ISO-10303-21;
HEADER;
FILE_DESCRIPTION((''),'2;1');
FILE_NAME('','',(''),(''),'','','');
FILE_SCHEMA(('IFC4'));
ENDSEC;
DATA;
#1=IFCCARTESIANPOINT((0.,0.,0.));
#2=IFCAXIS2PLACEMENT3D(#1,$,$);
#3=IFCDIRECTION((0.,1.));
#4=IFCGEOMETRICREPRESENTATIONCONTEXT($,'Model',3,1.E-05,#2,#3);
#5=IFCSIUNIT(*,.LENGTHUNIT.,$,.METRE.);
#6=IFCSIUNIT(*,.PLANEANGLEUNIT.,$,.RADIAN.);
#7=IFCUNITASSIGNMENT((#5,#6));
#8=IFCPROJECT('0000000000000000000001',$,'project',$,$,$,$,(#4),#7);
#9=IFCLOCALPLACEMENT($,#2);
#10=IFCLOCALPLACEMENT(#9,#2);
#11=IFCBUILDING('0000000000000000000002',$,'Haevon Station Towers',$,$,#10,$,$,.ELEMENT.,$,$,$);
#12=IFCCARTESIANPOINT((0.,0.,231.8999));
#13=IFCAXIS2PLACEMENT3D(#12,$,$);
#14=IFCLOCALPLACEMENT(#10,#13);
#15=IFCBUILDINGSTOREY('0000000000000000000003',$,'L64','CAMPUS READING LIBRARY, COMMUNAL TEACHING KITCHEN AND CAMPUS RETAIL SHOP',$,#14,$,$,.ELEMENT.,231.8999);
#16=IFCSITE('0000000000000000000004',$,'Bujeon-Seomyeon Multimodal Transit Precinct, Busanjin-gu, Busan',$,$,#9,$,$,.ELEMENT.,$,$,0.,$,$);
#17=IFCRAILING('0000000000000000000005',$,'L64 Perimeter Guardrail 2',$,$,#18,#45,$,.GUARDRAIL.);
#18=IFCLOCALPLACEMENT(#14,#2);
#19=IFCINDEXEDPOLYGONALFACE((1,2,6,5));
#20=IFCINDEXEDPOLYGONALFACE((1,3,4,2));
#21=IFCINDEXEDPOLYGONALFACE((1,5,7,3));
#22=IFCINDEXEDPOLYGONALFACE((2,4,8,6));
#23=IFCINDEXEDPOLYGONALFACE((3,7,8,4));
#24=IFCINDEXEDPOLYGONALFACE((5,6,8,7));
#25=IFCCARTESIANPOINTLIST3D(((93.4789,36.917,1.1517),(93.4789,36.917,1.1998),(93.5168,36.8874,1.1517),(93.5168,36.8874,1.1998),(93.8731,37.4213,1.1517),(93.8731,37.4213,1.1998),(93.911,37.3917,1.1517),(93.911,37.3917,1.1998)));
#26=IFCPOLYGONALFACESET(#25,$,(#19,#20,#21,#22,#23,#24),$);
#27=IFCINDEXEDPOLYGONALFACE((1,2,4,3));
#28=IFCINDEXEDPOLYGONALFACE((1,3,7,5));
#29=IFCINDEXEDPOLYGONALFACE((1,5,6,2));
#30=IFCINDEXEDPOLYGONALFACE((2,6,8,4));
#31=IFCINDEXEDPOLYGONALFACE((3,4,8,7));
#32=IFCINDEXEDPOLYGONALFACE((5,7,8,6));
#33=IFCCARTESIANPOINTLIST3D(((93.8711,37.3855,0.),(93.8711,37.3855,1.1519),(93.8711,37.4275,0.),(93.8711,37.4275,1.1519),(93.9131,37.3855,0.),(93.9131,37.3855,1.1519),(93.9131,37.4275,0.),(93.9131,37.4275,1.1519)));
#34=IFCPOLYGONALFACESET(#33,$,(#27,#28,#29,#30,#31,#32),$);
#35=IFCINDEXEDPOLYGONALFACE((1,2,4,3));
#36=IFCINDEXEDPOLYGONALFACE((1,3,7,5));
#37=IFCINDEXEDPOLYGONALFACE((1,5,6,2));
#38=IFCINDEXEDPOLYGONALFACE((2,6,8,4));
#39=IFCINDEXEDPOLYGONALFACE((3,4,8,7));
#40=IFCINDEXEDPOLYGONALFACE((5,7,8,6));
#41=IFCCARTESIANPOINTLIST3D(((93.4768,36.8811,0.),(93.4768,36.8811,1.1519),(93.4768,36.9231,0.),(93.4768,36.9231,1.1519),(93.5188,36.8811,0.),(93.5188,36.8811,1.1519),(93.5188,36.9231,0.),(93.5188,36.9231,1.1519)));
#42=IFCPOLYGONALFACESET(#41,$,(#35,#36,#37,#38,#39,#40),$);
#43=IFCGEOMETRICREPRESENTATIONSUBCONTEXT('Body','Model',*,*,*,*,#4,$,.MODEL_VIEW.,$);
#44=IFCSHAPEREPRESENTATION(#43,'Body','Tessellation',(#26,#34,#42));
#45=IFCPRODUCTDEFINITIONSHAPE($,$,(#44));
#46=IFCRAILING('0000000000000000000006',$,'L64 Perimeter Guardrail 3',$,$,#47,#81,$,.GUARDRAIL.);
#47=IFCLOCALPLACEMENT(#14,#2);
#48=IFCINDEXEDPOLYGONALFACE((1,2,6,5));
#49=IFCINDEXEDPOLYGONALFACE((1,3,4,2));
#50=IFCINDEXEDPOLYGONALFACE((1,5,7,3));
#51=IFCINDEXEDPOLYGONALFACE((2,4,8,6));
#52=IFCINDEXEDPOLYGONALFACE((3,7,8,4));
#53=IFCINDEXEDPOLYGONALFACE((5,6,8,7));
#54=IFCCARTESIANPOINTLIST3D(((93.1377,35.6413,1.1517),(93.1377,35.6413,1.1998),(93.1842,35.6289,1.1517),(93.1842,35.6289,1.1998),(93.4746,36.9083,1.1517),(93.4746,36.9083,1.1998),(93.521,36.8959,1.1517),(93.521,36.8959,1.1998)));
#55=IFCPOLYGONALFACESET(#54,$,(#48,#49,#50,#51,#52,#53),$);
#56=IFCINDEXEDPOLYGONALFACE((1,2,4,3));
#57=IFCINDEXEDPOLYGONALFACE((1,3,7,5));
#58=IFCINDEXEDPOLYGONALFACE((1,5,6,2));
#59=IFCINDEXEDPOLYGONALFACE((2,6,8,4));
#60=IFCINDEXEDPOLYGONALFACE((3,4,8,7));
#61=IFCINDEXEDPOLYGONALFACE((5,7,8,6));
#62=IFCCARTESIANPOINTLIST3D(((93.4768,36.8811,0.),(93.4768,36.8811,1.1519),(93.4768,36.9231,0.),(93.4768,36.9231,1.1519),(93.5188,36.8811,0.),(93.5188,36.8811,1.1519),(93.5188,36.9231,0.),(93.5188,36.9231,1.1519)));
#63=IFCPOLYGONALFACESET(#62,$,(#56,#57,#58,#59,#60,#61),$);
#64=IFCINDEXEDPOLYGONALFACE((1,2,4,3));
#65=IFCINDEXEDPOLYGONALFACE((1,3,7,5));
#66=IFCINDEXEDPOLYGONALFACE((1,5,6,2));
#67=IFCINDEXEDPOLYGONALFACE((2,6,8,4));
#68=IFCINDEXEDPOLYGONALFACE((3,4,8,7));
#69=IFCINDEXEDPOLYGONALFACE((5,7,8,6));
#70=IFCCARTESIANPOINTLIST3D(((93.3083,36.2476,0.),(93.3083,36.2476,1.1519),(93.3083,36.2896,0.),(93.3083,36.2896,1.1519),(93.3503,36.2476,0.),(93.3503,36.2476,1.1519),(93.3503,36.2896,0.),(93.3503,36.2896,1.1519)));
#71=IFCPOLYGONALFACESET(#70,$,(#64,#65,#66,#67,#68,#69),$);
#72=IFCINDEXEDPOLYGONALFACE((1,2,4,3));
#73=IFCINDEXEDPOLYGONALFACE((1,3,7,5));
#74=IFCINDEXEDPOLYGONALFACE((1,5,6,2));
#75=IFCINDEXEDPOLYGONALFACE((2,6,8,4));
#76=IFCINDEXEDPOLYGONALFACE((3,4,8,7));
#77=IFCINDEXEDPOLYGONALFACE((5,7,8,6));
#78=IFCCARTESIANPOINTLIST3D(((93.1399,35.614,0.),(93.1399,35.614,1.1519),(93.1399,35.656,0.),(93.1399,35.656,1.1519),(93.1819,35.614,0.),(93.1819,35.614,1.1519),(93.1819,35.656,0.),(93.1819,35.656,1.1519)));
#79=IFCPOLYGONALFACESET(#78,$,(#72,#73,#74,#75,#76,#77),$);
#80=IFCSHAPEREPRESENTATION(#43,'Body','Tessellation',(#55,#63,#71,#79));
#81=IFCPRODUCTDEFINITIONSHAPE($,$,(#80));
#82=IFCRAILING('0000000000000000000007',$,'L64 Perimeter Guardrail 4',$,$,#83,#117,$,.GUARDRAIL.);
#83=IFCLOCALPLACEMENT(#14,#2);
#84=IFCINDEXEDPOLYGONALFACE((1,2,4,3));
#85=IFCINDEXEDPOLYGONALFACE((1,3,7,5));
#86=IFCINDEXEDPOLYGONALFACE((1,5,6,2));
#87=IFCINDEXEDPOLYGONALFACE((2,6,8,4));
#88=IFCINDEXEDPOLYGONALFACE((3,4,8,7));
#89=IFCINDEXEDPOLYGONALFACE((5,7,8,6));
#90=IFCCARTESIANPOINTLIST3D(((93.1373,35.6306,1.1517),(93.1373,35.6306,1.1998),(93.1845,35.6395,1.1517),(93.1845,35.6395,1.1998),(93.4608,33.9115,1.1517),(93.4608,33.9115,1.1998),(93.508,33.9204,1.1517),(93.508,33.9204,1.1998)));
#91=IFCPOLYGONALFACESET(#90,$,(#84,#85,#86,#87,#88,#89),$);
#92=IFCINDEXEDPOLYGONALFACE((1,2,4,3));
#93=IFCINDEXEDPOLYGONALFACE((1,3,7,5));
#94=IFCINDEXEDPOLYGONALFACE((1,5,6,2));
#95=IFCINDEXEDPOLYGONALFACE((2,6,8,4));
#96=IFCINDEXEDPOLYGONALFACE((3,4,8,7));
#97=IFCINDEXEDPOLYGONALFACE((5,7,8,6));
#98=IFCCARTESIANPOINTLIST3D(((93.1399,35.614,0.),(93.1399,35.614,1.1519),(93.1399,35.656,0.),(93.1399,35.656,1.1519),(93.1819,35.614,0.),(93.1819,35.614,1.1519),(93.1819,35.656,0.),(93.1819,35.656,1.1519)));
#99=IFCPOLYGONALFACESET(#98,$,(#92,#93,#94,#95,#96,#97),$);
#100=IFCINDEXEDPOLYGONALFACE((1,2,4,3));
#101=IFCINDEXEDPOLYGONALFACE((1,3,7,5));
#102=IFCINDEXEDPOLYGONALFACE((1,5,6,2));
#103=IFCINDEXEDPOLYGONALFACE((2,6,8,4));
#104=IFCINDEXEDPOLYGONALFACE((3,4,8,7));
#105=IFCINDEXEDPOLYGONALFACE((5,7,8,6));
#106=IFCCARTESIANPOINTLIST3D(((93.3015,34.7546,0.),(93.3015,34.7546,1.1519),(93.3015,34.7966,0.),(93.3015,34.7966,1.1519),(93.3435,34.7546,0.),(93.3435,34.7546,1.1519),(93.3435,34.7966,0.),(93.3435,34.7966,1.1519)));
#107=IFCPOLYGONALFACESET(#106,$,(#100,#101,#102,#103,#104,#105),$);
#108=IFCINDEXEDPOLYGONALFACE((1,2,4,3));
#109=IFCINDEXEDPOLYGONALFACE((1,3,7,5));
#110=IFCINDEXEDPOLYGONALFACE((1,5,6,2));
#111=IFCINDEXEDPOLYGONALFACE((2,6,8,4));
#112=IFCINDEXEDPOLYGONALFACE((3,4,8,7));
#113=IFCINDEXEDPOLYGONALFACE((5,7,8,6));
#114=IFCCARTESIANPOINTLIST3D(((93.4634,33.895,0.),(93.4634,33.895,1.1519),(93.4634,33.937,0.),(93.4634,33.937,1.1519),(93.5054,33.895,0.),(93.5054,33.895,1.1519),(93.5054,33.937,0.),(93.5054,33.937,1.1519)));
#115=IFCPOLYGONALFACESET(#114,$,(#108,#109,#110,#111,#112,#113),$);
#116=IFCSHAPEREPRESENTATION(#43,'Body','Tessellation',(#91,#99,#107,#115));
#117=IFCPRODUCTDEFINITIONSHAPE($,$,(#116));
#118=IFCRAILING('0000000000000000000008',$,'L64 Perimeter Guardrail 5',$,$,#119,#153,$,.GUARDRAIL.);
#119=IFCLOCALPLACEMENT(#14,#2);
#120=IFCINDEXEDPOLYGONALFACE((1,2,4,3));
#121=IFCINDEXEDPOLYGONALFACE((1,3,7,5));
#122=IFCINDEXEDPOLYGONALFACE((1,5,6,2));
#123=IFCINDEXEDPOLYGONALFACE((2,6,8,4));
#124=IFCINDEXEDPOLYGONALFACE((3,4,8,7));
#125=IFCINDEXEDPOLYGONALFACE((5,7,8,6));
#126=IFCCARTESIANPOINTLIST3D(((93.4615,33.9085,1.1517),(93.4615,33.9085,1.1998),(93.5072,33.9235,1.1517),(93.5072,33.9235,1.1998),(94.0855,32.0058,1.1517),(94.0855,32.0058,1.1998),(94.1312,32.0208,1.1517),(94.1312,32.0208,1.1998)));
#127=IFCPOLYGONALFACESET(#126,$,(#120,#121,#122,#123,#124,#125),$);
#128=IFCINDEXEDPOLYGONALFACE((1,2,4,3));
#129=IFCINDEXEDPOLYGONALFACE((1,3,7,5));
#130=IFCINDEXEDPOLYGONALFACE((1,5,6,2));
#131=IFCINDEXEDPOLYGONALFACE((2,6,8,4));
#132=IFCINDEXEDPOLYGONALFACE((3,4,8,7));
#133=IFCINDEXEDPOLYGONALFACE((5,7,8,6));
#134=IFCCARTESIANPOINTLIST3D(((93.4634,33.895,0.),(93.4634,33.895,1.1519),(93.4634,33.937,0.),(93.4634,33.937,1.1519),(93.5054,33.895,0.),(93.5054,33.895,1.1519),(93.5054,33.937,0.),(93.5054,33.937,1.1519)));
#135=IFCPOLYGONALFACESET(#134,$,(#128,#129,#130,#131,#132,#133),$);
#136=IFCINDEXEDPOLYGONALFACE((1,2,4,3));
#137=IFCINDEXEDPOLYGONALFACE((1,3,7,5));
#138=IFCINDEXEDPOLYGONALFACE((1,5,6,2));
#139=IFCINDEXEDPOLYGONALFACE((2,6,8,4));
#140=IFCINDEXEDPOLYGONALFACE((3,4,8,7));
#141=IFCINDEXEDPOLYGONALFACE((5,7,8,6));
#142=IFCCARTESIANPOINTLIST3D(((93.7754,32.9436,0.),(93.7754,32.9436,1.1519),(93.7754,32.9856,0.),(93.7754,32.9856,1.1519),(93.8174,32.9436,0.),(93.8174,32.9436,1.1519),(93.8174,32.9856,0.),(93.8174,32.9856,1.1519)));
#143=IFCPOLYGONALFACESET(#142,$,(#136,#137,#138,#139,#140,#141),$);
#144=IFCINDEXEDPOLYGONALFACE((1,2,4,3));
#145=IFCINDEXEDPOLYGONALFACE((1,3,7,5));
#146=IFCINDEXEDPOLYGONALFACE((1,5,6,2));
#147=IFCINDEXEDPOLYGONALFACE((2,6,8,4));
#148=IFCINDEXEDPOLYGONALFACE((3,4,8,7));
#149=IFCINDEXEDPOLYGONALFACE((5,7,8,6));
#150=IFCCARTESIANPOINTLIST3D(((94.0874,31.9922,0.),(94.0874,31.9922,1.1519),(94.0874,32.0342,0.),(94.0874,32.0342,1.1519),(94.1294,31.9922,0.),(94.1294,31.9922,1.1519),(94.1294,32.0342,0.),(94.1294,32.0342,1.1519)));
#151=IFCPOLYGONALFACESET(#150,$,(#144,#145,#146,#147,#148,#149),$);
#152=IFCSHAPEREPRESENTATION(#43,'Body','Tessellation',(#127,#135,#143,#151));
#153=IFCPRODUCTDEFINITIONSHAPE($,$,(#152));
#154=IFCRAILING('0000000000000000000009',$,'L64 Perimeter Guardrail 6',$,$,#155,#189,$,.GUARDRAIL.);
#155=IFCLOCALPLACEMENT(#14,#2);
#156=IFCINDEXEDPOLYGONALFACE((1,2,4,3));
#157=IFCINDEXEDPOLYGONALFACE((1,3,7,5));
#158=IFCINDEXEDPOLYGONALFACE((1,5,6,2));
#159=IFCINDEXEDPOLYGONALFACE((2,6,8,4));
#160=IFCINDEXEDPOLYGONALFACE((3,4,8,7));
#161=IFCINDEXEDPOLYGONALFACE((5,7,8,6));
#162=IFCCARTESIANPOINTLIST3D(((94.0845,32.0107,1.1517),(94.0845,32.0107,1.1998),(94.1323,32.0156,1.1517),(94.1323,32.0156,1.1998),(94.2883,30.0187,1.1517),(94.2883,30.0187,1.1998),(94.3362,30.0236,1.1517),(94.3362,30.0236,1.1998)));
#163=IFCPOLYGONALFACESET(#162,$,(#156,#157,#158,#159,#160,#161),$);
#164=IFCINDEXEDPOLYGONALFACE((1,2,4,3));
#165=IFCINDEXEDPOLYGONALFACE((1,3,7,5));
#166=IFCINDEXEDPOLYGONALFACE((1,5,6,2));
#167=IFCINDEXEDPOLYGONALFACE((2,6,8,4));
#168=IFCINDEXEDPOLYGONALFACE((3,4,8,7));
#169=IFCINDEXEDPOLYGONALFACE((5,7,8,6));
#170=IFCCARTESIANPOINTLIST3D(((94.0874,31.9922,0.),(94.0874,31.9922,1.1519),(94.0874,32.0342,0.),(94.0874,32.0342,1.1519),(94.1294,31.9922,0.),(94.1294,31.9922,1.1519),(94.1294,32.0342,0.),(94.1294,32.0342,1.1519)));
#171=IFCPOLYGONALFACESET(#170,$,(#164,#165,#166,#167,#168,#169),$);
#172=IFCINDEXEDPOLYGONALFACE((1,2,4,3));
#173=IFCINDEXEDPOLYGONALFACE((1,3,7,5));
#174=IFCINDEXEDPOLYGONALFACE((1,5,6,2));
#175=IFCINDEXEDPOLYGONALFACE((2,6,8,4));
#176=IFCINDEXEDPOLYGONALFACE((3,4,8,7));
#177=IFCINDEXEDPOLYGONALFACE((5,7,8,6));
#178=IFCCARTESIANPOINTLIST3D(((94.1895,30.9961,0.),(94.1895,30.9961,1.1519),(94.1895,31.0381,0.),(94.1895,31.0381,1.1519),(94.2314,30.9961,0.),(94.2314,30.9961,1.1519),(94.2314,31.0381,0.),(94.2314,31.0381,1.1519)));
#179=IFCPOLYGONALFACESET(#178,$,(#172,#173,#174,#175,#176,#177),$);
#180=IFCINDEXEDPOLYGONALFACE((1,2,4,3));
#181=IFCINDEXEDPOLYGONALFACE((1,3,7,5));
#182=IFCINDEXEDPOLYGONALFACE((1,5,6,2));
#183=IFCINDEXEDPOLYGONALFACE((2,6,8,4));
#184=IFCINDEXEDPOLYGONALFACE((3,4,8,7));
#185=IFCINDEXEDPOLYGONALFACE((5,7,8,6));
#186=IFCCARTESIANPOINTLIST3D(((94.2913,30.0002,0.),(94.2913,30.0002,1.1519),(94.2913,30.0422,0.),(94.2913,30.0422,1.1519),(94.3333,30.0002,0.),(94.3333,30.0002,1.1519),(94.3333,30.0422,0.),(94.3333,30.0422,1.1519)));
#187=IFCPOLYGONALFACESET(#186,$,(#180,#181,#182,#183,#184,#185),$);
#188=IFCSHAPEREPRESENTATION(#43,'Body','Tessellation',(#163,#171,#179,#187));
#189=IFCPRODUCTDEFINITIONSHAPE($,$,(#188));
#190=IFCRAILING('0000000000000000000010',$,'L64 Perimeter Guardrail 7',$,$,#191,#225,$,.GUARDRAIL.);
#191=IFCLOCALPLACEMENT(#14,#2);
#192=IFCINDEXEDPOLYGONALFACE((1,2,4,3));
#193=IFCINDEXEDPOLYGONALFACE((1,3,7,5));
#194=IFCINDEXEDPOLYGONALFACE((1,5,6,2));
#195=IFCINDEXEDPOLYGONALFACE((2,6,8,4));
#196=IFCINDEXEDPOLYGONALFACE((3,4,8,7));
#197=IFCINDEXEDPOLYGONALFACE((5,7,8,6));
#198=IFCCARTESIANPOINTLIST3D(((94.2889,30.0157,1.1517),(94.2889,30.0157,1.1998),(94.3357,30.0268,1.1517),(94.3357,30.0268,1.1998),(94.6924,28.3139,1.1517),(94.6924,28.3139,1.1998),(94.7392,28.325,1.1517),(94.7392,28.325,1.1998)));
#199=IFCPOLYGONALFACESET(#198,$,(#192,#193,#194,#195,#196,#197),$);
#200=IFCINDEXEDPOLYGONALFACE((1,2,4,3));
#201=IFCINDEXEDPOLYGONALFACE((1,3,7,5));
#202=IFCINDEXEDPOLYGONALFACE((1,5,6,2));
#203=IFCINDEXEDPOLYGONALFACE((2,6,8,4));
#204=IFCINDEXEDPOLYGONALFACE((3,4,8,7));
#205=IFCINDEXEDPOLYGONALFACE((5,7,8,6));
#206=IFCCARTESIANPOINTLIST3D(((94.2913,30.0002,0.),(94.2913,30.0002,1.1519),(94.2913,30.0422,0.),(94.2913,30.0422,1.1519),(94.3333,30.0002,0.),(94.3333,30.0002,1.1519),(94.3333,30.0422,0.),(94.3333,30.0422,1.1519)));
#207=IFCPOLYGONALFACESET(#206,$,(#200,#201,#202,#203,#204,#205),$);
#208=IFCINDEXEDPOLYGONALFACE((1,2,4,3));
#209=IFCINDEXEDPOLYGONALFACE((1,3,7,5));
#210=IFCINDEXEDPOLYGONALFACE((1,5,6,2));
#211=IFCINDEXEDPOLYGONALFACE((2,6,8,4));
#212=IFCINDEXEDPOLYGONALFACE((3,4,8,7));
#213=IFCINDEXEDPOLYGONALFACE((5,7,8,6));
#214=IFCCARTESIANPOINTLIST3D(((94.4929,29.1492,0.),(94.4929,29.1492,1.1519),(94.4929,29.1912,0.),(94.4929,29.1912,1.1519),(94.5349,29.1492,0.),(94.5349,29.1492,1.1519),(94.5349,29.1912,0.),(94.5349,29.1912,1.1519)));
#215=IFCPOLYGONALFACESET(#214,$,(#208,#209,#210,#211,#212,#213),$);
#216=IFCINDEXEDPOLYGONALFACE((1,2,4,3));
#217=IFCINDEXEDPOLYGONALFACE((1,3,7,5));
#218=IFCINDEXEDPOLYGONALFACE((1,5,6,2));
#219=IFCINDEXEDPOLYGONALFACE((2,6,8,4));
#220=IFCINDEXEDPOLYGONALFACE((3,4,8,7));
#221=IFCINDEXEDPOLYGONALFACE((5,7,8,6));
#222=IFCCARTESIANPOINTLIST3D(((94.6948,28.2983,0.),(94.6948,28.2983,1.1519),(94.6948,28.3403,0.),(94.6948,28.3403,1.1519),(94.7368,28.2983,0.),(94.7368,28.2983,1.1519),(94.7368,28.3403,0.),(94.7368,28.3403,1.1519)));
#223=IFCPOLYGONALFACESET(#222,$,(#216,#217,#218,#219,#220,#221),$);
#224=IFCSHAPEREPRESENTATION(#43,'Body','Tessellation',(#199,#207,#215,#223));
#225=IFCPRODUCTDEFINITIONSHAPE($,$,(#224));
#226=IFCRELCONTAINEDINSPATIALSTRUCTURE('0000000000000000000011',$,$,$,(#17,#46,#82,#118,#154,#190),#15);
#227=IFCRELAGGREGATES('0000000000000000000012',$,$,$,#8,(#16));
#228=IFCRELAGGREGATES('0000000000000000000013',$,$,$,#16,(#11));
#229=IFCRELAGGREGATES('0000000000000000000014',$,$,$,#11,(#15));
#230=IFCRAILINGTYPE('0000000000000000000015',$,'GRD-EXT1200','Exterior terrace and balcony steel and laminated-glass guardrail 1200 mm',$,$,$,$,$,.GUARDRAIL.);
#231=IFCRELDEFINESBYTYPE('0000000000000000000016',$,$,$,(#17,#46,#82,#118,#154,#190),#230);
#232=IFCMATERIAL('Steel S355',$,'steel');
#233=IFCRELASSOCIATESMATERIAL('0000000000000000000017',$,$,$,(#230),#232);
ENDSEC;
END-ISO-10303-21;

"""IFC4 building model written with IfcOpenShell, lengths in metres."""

from ifc_helpers import new_model, si_unit, direction, frame, origin, origin_2d, place, context, subcontext, project, spatial, rectangle, extrude, material, type_object, element, save


model = new_model("IFC4")

# Units and contexts
model_context = context("Model", 3, precision=1e-05, world=origin(), true_north=direction((0.0, 1.0)))
body_context = subcontext(model_context, "Body", "Model", "MODEL_VIEW")
ifc_project = project(units=[si_unit("LENGTHUNIT", "METRE"), si_unit("PLANEANGLEUNIT", "RADIAN")], contexts=[model_context])

# Site, building, storey
site_placement = place(None, origin())
site = spatial("IfcSite", under=ifc_project, at=site_placement, Name="Bujeon-Seomyeon Multimodal Transit Precinct, Busanjin-gu, Busan", CompositionType="ELEMENT", RefElevation=0.0)
building_placement = place(site_placement, origin())
building = spatial("IfcBuilding", under=site, at=building_placement, Name="Haevon Station Towers", CompositionType="ELEMENT")
storey_placement = place(building_placement, frame((0.0, 0.0, 231.8999)))
storey = spatial("IfcBuildingStorey", under=building, at=storey_placement, Name="L64", Description="CAMPUS READING LIBRARY, COMMUNAL TEACHING KITCHEN AND CAMPUS RETAIL SHOP", CompositionType="ELEMENT", Elevation=231.8999)

# Shared definitions
ifc_material_1 = material(Name="Steel S355", Category="steel")

# Railings
railing_type = type_object("IfcRailingType", Name="GRD-EXT1200", Description="Exterior terrace and balcony steel and laminated-glass guardrail 1200 mm", PredefinedType="GUARDRAIL", material=ifc_material_1)
railing_1_placement = place(storey_placement, frame((93.8921, 37.4065, 0.0)))
element("IfcRailing", 1, at=railing_1_placement, inside=storey, type_object=railing_type, Name="L64 Perimeter Guardrail 2", PredefinedType="GUARDRAIL", context=body_context, shape_type="SweptSolid", body=[
    extrude(rectangle(XDim=0.0481, YDim=0.0481, at=origin_2d()), frame((0.0, 0.0, 1.1758), z_axis=(-0.615866, -0.787851, 0.0), x_axis=(0.787851, -0.615866, 0.0)), (0.0, 0.0, 1.0), 0.6401),
    extrude(rectangle(XDim=0.042, YDim=0.042, at=origin_2d()), origin(), (0.0, 0.0, 1.0), 1.1519),
    extrude(rectangle(XDim=0.042, YDim=0.042, at=origin_2d()), frame((-0.3943, -0.5044, 0.0)), (0.0, 0.0, 1.0), 1.1519),
])
railing_2_placement = place(storey_placement, frame((93.4978, 36.9021, 0.0)))
element("IfcRailing", 2, at=railing_2_placement, inside=storey, type_object=railing_type, Name="L64 Perimeter Guardrail 3", PredefinedType="GUARDRAIL", context=body_context, shape_type="SweptSolid", body=[
    extrude(rectangle(XDim=0.0481, YDim=0.0481, at=origin_2d()), frame((0.0, 0.0, 1.1758), z_axis=(-0.256967, -0.96642, 0.0), x_axis=(0.96642, -0.256967, 0.0)), (0.0, 0.0, 1.0), 1.311),
    extrude(rectangle(XDim=0.042, YDim=0.042, at=origin_2d()), origin(), (0.0, 0.0, 1.0), 1.1519),
    extrude(rectangle(XDim=0.042, YDim=0.042, at=origin_2d()), frame((-0.1685, -0.6335, 0.0)), (0.0, 0.0, 1.0), 1.1519),
    extrude(rectangle(XDim=0.042, YDim=0.042, at=origin_2d()), frame((-0.3369, -1.2671, 0.0)), (0.0, 0.0, 1.0), 1.1519),
])
railing_3_placement = place(storey_placement, frame((93.1609, 35.635, 0.0)))
element("IfcRailing", 3, at=railing_3_placement, inside=storey, type_object=railing_type, Name="L64 Perimeter Guardrail 4", PredefinedType="GUARDRAIL", context=body_context, shape_type="SweptSolid", body=[
    extrude(rectangle(XDim=0.0481, YDim=0.0481, at=origin_2d()), frame((0.0, 0.0, 1.1758), z_axis=(0.184937, -0.98275, 0.0), x_axis=(0.98275, 0.184937, 0.0)), (0.0, 0.0, 1.0), 1.7493),
    extrude(rectangle(XDim=0.042, YDim=0.042, at=origin_2d()), origin(), (0.0, 0.0, 1.0), 1.1519),
    extrude(rectangle(XDim=0.042, YDim=0.042, at=origin_2d()), frame((0.1616, -0.8594, 0.0)), (0.0, 0.0, 1.0), 1.1519),
    extrude(rectangle(XDim=0.042, YDim=0.042, at=origin_2d()), frame((0.3235, -1.719, 0.0)), (0.0, 0.0, 1.0), 1.1519),
])
railing_4_placement = place(storey_placement, frame((93.4844, 33.916, 0.0)))
element("IfcRailing", 4, at=railing_4_placement, inside=storey, type_object=railing_type, Name="L64 Perimeter Guardrail 5", PredefinedType="GUARDRAIL", context=body_context, shape_type="SweptSolid", body=[
    extrude(rectangle(XDim=0.0481, YDim=0.0481, at=origin_2d()), frame((0.0, 0.0, 1.1758), z_axis=(0.311616, -0.950208, 0.0), x_axis=(0.950208, 0.311616, 0.0)), (0.0, 0.0, 1.0), 2.0024),
    extrude(rectangle(XDim=0.042, YDim=0.042, at=origin_2d()), origin(), (0.0, 0.0, 1.0), 1.1519),
    extrude(rectangle(XDim=0.042, YDim=0.042, at=origin_2d()), frame((0.312, -0.9514, 0.0)), (0.0, 0.0, 1.0), 1.1519),
    extrude(rectangle(XDim=0.042, YDim=0.042, at=origin_2d()), frame((0.624, -1.9028, 0.0)), (0.0, 0.0, 1.0), 1.1519),
])
railing_5_placement = place(storey_placement, frame((94.1084, 32.0132, 0.0)))
element("IfcRailing", 5, at=railing_5_placement, inside=storey, type_object=railing_type, Name="L64 Perimeter Guardrail 6", PredefinedType="GUARDRAIL", context=body_context, shape_type="SweptSolid", body=[
    extrude(rectangle(XDim=0.0481, YDim=0.0481, at=origin_2d()), frame((0.0, 0.0, 1.1758), z_axis=(0.101809, -0.994804, 0.0), x_axis=(0.994804, 0.101809, 0.0)), (0.0, 0.0, 1.0), 2.0024),
    extrude(rectangle(XDim=0.042, YDim=0.042, at=origin_2d()), origin(), (0.0, 0.0, 1.0), 1.1519),
    extrude(rectangle(XDim=0.042, YDim=0.042, at=origin_2d()), frame((0.1021, -0.9961, 0.0)), (0.0, 0.0, 1.0), 1.1519),
    extrude(rectangle(XDim=0.042, YDim=0.042, at=origin_2d()), frame((0.2039, -1.9919, 0.0)), (0.0, 0.0, 1.0), 1.1519),
])
railing_6_placement = place(storey_placement, frame((94.3123, 30.0212, 0.0)))
element("IfcRailing", 6, at=railing_6_placement, inside=storey, type_object=railing_type, Name="L64 Perimeter Guardrail 7", PredefinedType="GUARDRAIL", context=body_context, shape_type="SweptSolid", body=[
    extrude(rectangle(XDim=0.0481, YDim=0.0481, at=origin_2d()), frame((0.0, 0.0, 1.1758), z_axis=(0.230727, -0.973018, 0.0), x_axis=(0.973018, 0.230727, 0.0)), (0.0, 0.0, 1.0), 1.749),
    extrude(rectangle(XDim=0.042, YDim=0.042, at=origin_2d()), origin(), (0.0, 0.0, 1.0), 1.1519),
    extrude(rectangle(XDim=0.042, YDim=0.042, at=origin_2d()), frame((0.2017, -0.8511, 0.0)), (0.0, 0.0, 1.0), 1.1519),
    extrude(rectangle(XDim=0.042, YDim=0.042, at=origin_2d()), frame((0.4036, -1.7019, 0.0)), (0.0, 0.0, 1.0), 1.1519),
])

save(model, "model.ifc")
